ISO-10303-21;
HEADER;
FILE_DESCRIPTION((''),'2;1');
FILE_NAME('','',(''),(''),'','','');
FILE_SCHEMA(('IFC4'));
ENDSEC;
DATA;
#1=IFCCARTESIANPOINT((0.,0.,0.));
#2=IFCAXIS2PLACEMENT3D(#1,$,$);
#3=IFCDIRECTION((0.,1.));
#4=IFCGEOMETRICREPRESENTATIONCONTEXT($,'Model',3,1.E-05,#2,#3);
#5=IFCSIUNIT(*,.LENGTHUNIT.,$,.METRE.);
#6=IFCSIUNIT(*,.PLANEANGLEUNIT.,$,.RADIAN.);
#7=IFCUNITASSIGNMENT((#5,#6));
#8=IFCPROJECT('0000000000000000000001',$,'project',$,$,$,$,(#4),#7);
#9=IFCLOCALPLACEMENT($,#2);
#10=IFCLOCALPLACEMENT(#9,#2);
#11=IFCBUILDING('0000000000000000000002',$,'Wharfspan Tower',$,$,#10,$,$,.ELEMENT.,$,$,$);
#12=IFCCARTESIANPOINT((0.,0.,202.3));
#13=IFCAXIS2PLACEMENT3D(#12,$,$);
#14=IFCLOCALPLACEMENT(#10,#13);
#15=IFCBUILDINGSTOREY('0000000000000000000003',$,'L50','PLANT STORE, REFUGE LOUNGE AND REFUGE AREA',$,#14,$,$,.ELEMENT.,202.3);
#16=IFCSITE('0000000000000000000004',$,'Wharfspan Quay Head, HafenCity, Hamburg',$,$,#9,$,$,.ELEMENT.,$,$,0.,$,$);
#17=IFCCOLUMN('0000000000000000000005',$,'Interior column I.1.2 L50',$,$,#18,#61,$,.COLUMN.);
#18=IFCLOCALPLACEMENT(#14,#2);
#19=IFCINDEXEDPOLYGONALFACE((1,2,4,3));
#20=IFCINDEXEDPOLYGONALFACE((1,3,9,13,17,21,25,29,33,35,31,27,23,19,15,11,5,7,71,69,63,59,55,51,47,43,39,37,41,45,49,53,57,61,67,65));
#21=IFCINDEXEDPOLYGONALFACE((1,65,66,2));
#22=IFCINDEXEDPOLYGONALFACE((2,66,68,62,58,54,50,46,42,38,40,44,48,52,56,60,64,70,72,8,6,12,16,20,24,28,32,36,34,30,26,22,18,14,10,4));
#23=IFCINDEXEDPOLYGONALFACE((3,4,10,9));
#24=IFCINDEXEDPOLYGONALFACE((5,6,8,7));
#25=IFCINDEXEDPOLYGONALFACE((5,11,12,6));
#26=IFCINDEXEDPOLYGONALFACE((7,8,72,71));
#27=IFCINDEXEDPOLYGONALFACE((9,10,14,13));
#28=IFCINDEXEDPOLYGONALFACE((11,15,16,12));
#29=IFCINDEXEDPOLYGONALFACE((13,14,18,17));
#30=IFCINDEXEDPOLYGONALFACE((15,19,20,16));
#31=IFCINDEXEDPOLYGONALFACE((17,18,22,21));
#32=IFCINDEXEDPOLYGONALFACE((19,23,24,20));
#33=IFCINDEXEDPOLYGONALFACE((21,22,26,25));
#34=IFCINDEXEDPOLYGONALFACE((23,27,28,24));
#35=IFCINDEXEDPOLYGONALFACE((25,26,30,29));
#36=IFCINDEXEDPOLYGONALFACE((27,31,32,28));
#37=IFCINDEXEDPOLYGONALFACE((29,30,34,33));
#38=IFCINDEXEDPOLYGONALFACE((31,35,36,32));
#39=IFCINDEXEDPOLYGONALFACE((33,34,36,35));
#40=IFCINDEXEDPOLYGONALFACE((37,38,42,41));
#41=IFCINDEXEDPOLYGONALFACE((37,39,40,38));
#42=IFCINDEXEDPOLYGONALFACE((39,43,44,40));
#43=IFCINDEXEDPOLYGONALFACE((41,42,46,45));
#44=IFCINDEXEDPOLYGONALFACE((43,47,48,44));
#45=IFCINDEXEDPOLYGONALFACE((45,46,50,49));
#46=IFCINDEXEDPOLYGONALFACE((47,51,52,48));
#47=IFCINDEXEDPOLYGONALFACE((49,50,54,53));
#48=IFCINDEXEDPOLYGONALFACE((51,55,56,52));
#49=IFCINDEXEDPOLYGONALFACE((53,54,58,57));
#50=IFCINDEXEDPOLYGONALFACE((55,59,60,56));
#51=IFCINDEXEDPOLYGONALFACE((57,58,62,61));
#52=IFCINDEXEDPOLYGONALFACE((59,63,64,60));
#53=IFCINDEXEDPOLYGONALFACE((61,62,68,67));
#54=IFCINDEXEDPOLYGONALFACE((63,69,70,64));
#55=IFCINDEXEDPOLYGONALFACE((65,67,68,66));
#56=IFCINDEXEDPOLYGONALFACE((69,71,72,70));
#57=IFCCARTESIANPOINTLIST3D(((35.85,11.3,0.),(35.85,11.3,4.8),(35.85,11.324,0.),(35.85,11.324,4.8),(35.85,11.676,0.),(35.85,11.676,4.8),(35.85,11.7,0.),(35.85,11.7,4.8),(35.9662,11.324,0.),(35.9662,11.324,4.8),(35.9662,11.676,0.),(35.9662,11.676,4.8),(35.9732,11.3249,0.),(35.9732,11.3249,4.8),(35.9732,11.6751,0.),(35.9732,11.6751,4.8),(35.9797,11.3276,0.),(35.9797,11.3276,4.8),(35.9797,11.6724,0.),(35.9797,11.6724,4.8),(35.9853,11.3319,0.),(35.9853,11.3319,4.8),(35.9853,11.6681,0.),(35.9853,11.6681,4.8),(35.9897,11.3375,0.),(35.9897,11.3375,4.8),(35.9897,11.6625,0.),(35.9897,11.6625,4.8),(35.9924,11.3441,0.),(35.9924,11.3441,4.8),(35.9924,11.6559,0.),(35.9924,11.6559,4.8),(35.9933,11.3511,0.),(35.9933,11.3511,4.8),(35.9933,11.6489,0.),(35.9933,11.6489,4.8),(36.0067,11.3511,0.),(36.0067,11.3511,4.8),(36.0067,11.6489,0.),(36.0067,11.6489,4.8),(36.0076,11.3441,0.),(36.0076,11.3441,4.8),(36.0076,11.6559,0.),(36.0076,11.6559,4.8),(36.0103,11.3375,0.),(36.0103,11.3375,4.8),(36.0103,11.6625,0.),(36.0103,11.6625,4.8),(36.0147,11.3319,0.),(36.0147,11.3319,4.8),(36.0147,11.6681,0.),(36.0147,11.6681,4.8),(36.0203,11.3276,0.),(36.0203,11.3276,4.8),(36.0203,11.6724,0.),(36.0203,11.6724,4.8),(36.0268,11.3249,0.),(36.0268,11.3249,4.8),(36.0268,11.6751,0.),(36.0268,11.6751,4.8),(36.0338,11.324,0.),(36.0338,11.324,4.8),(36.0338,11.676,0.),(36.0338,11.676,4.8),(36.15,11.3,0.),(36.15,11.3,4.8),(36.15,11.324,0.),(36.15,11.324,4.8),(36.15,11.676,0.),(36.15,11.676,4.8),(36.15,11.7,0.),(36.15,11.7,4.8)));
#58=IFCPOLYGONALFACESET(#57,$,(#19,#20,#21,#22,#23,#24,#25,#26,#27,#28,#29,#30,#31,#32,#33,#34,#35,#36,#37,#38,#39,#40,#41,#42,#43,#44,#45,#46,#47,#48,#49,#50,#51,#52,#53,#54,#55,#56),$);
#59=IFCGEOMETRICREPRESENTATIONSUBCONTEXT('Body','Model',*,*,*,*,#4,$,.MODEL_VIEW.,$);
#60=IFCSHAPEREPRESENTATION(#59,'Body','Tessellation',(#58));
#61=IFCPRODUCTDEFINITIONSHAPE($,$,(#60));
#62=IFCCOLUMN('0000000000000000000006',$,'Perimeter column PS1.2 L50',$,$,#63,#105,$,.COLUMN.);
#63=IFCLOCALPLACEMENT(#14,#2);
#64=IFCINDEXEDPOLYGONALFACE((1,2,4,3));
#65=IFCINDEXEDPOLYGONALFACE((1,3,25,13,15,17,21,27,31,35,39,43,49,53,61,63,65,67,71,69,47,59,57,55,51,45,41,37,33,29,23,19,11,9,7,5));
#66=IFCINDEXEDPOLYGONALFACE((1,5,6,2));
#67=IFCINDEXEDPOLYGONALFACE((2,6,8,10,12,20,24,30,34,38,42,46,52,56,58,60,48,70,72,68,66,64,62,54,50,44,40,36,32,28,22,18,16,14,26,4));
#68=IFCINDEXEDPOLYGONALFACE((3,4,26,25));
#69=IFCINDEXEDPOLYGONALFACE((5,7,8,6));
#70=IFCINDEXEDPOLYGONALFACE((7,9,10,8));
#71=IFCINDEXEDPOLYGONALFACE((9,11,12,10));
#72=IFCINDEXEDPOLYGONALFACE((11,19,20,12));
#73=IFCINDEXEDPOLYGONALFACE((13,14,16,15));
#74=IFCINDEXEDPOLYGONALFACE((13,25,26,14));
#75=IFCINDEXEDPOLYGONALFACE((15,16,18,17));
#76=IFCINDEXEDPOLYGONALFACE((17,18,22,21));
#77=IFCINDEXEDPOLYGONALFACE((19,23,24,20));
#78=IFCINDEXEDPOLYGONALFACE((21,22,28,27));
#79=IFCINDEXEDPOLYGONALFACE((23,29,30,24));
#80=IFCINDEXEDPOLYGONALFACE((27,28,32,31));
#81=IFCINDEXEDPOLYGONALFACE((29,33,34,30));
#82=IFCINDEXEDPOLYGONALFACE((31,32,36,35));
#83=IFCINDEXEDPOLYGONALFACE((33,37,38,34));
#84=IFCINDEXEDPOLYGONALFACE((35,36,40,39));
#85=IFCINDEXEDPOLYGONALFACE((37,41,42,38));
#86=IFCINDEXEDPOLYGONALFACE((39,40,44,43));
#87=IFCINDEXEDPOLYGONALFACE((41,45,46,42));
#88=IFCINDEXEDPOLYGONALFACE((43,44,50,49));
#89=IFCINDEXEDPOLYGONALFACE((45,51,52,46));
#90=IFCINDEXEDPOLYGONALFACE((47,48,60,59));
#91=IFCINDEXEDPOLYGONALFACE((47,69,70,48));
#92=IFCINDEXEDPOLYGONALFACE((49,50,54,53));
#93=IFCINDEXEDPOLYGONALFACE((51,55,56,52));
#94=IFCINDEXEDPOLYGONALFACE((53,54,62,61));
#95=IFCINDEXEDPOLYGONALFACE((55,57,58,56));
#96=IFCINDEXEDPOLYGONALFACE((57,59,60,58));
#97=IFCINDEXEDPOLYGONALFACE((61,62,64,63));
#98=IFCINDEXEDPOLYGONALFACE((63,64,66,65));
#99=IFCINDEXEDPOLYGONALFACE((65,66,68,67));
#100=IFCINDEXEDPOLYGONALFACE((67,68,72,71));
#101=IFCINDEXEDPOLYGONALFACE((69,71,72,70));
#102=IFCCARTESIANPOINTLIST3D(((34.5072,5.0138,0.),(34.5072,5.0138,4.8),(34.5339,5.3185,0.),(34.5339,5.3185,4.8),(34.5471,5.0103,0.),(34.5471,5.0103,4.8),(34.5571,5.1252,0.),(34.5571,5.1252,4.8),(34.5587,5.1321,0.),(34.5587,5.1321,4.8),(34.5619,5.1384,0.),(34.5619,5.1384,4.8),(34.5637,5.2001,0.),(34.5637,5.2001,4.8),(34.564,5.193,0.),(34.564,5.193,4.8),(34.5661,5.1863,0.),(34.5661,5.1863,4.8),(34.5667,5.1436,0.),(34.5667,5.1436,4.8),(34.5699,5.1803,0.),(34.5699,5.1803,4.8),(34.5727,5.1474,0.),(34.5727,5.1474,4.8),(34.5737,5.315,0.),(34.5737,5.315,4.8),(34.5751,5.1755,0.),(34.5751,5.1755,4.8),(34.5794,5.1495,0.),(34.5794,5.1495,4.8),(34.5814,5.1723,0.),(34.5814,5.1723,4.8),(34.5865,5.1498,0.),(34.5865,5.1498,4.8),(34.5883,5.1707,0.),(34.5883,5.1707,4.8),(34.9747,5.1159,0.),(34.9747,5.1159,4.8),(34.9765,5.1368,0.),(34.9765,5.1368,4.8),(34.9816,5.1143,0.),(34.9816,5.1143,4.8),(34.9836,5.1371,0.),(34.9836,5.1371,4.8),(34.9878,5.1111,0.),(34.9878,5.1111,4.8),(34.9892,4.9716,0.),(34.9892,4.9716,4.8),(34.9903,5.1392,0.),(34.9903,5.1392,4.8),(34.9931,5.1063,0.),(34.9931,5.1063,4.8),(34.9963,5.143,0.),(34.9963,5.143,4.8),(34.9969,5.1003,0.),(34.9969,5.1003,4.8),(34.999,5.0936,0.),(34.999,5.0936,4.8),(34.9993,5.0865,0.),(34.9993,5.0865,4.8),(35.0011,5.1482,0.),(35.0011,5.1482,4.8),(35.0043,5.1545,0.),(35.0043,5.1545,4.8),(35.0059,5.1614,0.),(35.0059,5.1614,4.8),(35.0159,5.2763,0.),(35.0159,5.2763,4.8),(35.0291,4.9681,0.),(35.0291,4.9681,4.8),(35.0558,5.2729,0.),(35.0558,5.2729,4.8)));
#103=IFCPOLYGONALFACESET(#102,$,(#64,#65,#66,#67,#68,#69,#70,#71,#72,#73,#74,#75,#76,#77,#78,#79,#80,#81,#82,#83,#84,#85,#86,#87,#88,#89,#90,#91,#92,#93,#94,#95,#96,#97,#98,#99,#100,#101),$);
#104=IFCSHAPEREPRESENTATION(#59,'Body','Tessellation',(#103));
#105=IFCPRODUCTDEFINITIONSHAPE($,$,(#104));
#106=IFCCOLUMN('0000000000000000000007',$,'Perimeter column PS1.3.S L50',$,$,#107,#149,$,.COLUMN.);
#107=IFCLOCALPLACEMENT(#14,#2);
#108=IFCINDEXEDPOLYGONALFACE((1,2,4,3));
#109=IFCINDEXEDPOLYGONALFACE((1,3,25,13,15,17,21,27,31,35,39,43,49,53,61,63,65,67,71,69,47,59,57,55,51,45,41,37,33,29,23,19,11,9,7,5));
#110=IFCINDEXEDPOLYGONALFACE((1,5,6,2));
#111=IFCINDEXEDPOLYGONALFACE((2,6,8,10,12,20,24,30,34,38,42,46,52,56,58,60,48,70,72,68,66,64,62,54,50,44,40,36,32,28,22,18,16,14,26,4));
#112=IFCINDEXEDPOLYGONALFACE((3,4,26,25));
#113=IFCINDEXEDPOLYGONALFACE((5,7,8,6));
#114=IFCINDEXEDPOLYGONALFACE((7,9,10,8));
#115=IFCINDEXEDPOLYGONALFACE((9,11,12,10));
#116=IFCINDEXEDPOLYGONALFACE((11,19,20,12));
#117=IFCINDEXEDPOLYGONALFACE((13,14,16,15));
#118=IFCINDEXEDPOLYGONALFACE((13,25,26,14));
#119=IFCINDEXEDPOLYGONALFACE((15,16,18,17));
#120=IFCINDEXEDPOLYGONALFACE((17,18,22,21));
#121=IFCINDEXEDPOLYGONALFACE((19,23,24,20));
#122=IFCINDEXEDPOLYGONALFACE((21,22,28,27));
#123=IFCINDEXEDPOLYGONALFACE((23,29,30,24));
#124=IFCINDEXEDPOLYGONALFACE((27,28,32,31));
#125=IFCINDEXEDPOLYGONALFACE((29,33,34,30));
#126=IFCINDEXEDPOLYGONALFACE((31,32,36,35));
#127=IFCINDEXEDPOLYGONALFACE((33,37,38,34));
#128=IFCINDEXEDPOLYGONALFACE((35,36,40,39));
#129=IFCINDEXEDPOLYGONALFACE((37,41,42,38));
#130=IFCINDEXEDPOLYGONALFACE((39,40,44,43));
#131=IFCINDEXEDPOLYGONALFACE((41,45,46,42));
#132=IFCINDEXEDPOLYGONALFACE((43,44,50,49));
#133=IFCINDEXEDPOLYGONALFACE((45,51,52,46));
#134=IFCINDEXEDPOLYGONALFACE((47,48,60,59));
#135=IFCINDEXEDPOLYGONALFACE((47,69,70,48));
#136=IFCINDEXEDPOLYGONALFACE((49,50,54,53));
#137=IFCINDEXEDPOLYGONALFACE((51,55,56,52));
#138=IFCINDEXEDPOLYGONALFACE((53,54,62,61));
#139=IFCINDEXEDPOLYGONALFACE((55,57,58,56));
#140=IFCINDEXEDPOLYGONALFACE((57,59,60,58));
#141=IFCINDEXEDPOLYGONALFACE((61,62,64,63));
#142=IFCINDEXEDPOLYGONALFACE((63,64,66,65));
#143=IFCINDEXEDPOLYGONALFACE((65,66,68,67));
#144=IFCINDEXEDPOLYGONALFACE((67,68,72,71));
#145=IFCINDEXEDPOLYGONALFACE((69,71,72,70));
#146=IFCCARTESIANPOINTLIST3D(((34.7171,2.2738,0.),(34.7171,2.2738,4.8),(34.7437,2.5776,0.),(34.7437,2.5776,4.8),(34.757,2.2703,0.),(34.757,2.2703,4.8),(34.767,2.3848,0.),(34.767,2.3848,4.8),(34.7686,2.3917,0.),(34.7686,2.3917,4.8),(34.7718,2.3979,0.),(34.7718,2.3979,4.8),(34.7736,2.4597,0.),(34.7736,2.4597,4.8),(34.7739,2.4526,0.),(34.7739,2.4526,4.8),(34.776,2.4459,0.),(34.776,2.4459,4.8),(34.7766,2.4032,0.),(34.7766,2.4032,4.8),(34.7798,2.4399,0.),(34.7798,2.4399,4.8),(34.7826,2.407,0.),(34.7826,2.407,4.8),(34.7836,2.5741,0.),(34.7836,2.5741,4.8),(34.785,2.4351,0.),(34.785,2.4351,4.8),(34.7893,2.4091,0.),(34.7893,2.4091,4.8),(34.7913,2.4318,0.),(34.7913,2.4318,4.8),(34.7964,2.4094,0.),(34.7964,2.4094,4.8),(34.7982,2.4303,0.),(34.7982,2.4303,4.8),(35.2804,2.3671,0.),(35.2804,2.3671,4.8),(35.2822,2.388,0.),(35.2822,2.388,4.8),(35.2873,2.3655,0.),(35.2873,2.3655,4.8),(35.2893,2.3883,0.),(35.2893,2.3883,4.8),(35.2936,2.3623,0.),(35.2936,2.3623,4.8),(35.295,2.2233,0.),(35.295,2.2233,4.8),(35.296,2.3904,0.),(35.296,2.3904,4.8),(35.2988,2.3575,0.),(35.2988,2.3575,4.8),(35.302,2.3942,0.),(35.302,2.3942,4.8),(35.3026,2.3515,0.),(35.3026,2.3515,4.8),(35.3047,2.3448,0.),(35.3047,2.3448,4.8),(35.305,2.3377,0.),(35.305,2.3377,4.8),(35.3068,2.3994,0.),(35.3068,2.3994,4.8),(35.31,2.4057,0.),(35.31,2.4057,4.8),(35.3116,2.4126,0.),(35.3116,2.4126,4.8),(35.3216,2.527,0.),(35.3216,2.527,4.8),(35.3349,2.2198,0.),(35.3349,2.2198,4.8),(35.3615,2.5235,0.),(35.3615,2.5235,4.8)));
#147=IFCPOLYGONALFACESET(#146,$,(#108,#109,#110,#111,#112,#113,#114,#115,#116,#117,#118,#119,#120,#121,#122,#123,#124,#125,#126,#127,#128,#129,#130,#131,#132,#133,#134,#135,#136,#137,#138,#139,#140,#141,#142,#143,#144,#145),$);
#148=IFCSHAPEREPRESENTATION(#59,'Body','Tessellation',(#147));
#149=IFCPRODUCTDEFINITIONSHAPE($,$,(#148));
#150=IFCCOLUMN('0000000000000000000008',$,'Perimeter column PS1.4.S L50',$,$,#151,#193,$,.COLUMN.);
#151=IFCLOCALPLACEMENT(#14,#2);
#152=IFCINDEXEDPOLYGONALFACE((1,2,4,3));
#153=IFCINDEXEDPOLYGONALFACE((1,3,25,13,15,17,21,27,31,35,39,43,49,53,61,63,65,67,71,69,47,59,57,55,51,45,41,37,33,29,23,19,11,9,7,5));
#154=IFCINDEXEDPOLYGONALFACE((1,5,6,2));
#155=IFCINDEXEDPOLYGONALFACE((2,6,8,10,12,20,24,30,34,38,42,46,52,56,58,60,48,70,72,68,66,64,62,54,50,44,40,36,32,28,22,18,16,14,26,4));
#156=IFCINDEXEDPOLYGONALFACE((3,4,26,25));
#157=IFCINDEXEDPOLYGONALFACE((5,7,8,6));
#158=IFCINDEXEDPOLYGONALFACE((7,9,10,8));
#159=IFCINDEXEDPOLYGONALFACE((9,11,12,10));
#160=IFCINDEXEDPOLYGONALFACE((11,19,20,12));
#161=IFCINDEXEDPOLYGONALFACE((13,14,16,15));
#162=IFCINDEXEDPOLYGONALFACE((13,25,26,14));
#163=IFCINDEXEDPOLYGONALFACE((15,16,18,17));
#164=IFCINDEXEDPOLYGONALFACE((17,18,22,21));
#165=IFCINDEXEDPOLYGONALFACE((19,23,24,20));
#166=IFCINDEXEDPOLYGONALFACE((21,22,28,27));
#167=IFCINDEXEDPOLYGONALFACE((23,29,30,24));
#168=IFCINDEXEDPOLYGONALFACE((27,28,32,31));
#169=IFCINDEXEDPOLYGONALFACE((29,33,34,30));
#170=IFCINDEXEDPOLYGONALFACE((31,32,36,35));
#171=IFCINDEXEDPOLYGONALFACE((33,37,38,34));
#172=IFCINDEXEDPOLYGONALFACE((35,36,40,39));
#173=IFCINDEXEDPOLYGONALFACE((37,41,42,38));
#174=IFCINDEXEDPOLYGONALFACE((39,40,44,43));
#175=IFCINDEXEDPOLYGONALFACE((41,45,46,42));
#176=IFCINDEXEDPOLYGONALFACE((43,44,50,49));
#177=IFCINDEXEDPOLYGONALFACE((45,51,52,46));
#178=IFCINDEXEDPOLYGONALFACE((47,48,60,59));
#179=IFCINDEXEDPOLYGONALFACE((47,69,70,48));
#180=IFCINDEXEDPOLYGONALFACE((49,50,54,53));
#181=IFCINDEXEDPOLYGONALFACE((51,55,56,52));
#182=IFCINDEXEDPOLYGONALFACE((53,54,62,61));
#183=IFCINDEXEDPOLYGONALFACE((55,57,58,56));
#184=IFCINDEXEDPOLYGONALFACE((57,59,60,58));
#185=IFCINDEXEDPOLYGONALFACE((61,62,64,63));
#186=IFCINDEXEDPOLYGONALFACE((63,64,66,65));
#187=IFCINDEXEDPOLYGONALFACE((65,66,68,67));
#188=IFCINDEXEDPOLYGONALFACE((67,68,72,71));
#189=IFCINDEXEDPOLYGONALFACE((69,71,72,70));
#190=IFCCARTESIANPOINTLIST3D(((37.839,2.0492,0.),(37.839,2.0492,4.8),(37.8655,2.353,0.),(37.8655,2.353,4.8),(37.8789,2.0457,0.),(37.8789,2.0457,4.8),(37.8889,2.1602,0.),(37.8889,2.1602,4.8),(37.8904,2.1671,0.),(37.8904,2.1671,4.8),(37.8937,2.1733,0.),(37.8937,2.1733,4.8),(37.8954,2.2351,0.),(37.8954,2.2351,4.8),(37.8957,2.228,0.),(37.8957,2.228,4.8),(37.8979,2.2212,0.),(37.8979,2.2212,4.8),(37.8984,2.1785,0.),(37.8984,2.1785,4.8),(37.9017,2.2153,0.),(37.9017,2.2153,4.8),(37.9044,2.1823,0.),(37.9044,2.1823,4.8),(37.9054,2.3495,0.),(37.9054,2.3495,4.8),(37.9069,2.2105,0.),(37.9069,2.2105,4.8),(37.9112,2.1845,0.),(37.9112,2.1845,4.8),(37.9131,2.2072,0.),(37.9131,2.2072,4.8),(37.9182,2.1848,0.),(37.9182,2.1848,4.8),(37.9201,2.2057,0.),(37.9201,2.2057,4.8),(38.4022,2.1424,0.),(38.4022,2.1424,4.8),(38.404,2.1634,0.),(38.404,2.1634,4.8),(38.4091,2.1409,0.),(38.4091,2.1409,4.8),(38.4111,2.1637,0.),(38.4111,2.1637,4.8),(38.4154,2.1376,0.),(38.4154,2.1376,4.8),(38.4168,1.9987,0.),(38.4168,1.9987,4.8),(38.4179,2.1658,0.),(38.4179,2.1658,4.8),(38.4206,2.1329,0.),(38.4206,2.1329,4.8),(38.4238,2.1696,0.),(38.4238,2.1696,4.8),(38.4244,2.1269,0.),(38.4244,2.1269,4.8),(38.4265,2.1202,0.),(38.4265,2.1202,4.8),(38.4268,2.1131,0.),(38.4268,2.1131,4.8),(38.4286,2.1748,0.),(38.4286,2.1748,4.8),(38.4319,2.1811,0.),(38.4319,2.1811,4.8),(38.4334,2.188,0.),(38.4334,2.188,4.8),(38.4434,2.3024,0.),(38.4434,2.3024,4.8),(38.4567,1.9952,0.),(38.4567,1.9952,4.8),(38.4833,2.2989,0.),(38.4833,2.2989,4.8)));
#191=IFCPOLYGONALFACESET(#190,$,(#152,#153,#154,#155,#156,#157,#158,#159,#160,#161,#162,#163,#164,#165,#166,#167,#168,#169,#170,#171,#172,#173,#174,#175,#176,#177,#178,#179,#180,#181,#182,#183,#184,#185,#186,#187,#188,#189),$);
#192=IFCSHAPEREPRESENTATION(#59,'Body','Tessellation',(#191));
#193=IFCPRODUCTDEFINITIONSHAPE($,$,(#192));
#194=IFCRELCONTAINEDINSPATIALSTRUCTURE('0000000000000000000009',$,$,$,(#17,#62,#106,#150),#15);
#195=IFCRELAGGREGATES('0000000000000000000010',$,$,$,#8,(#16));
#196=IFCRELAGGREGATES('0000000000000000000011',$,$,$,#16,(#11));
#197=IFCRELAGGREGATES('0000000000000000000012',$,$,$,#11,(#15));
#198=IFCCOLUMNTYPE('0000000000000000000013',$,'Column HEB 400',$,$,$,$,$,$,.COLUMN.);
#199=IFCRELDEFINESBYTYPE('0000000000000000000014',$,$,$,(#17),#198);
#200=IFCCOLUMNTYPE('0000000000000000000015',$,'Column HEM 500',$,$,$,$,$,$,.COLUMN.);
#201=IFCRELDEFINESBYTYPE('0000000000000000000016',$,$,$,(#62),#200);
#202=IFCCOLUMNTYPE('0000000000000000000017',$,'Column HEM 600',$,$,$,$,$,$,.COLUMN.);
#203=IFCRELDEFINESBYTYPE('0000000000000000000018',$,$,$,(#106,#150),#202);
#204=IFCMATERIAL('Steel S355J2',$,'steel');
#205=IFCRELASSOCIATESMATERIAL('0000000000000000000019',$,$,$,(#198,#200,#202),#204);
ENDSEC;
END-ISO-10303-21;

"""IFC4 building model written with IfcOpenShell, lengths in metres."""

from ifc_helpers import new_model, si_unit, direction, frame, origin, origin_2d, place, context, subcontext, project, spatial, i_section, extrude, material, material_profile, profile_set, type_object, element, save


model = new_model("IFC4")

# Units and contexts
model_context = context("Model", 3, precision=1e-05, world=origin(), true_north=direction((0.0, 1.0)))
body_context = subcontext(model_context, "Body", "Model", "MODEL_VIEW")
ifc_project = project(units=[si_unit("LENGTHUNIT", "METRE"), si_unit("PLANEANGLEUNIT", "RADIAN")], contexts=[model_context])

# Site, building, storey
site_placement = place(None, origin())
site = spatial("IfcSite", under=ifc_project, at=site_placement, Name="Wharfspan Quay Head, HafenCity, Hamburg", CompositionType="ELEMENT", RefElevation=0.0)
building_placement = place(site_placement, origin())
building = spatial("IfcBuilding", under=site, at=building_placement, Name="Wharfspan Tower", CompositionType="ELEMENT")
storey_placement = place(building_placement, frame((0.0, 0.0, 202.3)))
storey = spatial("IfcBuildingStorey", under=building, at=storey_placement, Name="L50", Description="PLANT STORE, REFUGE LOUNGE AND REFUGE AREA", CompositionType="ELEMENT", Elevation=202.3)

# Columns
ifc_material_1 = material(Name="Steel S355J2", Category="steel")
ifc_material_profile_1 = material_profile(ifc_material_1, i_section(OverallWidth=0.3, OverallDepth=0.3999, WebThickness=0.0134, FlangeThickness=0.0239, FilletRadius=0.0271, at=origin_2d()))
ifc_profile_set_1 = profile_set([ifc_material_profile_1], Name="Steel S355J2")
column_type_1 = type_object("IfcColumnType", Name="Column HEB 400", PredefinedType="COLUMN", material=ifc_profile_set_1)
column_1_placement = place(storey_placement, frame((36.0, 11.5, 0.0), z_axis=(0.0, 0.0, 1.0), x_axis=(1.0, 0.0, 0.0)))
element("IfcColumn", 1, at=column_1_placement, inside=storey, type_object=column_type_1, Name="Interior column I.1.2 L50", PredefinedType="COLUMN", context=body_context, shape_type="SweptSolid", body=[
    extrude(i_section(OverallWidth=0.3, OverallDepth=0.3999, WebThickness=0.0134, FlangeThickness=0.0239, FilletRadius=0.0271, at=origin_2d()), origin(), (0.0, 0.0, 1.0), 4.8),
])
ifc_material_profile_2 = material_profile(ifc_material_1, i_section(OverallWidth=0.3059, OverallDepth=0.5239, WebThickness=0.021, FlangeThickness=0.04, FilletRadius=0.0271, at=origin_2d()))
ifc_profile_set_2 = profile_set([ifc_material_profile_2], Name="Steel S355J2")
column_type_2 = type_object("IfcColumnType", Name="Column HEM 500", PredefinedType="COLUMN", material=ifc_profile_set_2)
column_2_placement = place(storey_placement, frame((34.7815, 5.1433, 0.0), z_axis=(0.0, 0.0, 1.0), x_axis=(-0.087156, -0.996197, 0.0)))
element("IfcColumn", 2, at=column_2_placement, inside=storey, type_object=column_type_2, Name="Perimeter column PS1.2 L50", PredefinedType="COLUMN", context=body_context, shape_type="SweptSolid", body=[
    extrude(i_section(OverallWidth=0.3059, OverallDepth=0.5239, WebThickness=0.021, FlangeThickness=0.04, FilletRadius=0.0271, at=origin_2d()), origin(), (0.0, 0.0, 1.0), 4.8),
])
ifc_material_profile_3 = material_profile(ifc_material_1, i_section(OverallWidth=0.3049, OverallDepth=0.6201, WebThickness=0.021, FlangeThickness=0.04, FilletRadius=0.0271, at=origin_2d()))
ifc_profile_set_3 = profile_set([ifc_material_profile_3], Name="Steel S355J2")
column_type_3 = type_object("IfcColumnType", Name="Column HEM 600", PredefinedType="COLUMN", material=ifc_profile_set_3)
for number, where, z_axis, x_axis, name in (
    (3, (35.0393, 2.3987, 0.0), (0.0, 0.0, 1.0), (-0.087156, -0.996198, 0.0), "Perimeter column PS1.3.S L50"),
    (4, (38.1611, 2.1741, 0.0), (0.0, 0.0, 1.0), (-0.087156, -0.996198, 0.0), "Perimeter column PS1.4.S L50"),
):
    element("IfcColumn", number, at=place(storey_placement, frame(where, z_axis=z_axis, x_axis=x_axis)), inside=storey, type_object=column_type_3, Name=name, PredefinedType="COLUMN", context=body_context, shape_type="SweptSolid", body=[
        extrude(i_section(OverallWidth=0.3049, OverallDepth=0.6201, WebThickness=0.021, FlangeThickness=0.04, FilletRadius=0.0271, at=origin_2d()), origin(), (0.0, 0.0, 1.0), 4.8),
    ])

save(model, "model.ifc")
